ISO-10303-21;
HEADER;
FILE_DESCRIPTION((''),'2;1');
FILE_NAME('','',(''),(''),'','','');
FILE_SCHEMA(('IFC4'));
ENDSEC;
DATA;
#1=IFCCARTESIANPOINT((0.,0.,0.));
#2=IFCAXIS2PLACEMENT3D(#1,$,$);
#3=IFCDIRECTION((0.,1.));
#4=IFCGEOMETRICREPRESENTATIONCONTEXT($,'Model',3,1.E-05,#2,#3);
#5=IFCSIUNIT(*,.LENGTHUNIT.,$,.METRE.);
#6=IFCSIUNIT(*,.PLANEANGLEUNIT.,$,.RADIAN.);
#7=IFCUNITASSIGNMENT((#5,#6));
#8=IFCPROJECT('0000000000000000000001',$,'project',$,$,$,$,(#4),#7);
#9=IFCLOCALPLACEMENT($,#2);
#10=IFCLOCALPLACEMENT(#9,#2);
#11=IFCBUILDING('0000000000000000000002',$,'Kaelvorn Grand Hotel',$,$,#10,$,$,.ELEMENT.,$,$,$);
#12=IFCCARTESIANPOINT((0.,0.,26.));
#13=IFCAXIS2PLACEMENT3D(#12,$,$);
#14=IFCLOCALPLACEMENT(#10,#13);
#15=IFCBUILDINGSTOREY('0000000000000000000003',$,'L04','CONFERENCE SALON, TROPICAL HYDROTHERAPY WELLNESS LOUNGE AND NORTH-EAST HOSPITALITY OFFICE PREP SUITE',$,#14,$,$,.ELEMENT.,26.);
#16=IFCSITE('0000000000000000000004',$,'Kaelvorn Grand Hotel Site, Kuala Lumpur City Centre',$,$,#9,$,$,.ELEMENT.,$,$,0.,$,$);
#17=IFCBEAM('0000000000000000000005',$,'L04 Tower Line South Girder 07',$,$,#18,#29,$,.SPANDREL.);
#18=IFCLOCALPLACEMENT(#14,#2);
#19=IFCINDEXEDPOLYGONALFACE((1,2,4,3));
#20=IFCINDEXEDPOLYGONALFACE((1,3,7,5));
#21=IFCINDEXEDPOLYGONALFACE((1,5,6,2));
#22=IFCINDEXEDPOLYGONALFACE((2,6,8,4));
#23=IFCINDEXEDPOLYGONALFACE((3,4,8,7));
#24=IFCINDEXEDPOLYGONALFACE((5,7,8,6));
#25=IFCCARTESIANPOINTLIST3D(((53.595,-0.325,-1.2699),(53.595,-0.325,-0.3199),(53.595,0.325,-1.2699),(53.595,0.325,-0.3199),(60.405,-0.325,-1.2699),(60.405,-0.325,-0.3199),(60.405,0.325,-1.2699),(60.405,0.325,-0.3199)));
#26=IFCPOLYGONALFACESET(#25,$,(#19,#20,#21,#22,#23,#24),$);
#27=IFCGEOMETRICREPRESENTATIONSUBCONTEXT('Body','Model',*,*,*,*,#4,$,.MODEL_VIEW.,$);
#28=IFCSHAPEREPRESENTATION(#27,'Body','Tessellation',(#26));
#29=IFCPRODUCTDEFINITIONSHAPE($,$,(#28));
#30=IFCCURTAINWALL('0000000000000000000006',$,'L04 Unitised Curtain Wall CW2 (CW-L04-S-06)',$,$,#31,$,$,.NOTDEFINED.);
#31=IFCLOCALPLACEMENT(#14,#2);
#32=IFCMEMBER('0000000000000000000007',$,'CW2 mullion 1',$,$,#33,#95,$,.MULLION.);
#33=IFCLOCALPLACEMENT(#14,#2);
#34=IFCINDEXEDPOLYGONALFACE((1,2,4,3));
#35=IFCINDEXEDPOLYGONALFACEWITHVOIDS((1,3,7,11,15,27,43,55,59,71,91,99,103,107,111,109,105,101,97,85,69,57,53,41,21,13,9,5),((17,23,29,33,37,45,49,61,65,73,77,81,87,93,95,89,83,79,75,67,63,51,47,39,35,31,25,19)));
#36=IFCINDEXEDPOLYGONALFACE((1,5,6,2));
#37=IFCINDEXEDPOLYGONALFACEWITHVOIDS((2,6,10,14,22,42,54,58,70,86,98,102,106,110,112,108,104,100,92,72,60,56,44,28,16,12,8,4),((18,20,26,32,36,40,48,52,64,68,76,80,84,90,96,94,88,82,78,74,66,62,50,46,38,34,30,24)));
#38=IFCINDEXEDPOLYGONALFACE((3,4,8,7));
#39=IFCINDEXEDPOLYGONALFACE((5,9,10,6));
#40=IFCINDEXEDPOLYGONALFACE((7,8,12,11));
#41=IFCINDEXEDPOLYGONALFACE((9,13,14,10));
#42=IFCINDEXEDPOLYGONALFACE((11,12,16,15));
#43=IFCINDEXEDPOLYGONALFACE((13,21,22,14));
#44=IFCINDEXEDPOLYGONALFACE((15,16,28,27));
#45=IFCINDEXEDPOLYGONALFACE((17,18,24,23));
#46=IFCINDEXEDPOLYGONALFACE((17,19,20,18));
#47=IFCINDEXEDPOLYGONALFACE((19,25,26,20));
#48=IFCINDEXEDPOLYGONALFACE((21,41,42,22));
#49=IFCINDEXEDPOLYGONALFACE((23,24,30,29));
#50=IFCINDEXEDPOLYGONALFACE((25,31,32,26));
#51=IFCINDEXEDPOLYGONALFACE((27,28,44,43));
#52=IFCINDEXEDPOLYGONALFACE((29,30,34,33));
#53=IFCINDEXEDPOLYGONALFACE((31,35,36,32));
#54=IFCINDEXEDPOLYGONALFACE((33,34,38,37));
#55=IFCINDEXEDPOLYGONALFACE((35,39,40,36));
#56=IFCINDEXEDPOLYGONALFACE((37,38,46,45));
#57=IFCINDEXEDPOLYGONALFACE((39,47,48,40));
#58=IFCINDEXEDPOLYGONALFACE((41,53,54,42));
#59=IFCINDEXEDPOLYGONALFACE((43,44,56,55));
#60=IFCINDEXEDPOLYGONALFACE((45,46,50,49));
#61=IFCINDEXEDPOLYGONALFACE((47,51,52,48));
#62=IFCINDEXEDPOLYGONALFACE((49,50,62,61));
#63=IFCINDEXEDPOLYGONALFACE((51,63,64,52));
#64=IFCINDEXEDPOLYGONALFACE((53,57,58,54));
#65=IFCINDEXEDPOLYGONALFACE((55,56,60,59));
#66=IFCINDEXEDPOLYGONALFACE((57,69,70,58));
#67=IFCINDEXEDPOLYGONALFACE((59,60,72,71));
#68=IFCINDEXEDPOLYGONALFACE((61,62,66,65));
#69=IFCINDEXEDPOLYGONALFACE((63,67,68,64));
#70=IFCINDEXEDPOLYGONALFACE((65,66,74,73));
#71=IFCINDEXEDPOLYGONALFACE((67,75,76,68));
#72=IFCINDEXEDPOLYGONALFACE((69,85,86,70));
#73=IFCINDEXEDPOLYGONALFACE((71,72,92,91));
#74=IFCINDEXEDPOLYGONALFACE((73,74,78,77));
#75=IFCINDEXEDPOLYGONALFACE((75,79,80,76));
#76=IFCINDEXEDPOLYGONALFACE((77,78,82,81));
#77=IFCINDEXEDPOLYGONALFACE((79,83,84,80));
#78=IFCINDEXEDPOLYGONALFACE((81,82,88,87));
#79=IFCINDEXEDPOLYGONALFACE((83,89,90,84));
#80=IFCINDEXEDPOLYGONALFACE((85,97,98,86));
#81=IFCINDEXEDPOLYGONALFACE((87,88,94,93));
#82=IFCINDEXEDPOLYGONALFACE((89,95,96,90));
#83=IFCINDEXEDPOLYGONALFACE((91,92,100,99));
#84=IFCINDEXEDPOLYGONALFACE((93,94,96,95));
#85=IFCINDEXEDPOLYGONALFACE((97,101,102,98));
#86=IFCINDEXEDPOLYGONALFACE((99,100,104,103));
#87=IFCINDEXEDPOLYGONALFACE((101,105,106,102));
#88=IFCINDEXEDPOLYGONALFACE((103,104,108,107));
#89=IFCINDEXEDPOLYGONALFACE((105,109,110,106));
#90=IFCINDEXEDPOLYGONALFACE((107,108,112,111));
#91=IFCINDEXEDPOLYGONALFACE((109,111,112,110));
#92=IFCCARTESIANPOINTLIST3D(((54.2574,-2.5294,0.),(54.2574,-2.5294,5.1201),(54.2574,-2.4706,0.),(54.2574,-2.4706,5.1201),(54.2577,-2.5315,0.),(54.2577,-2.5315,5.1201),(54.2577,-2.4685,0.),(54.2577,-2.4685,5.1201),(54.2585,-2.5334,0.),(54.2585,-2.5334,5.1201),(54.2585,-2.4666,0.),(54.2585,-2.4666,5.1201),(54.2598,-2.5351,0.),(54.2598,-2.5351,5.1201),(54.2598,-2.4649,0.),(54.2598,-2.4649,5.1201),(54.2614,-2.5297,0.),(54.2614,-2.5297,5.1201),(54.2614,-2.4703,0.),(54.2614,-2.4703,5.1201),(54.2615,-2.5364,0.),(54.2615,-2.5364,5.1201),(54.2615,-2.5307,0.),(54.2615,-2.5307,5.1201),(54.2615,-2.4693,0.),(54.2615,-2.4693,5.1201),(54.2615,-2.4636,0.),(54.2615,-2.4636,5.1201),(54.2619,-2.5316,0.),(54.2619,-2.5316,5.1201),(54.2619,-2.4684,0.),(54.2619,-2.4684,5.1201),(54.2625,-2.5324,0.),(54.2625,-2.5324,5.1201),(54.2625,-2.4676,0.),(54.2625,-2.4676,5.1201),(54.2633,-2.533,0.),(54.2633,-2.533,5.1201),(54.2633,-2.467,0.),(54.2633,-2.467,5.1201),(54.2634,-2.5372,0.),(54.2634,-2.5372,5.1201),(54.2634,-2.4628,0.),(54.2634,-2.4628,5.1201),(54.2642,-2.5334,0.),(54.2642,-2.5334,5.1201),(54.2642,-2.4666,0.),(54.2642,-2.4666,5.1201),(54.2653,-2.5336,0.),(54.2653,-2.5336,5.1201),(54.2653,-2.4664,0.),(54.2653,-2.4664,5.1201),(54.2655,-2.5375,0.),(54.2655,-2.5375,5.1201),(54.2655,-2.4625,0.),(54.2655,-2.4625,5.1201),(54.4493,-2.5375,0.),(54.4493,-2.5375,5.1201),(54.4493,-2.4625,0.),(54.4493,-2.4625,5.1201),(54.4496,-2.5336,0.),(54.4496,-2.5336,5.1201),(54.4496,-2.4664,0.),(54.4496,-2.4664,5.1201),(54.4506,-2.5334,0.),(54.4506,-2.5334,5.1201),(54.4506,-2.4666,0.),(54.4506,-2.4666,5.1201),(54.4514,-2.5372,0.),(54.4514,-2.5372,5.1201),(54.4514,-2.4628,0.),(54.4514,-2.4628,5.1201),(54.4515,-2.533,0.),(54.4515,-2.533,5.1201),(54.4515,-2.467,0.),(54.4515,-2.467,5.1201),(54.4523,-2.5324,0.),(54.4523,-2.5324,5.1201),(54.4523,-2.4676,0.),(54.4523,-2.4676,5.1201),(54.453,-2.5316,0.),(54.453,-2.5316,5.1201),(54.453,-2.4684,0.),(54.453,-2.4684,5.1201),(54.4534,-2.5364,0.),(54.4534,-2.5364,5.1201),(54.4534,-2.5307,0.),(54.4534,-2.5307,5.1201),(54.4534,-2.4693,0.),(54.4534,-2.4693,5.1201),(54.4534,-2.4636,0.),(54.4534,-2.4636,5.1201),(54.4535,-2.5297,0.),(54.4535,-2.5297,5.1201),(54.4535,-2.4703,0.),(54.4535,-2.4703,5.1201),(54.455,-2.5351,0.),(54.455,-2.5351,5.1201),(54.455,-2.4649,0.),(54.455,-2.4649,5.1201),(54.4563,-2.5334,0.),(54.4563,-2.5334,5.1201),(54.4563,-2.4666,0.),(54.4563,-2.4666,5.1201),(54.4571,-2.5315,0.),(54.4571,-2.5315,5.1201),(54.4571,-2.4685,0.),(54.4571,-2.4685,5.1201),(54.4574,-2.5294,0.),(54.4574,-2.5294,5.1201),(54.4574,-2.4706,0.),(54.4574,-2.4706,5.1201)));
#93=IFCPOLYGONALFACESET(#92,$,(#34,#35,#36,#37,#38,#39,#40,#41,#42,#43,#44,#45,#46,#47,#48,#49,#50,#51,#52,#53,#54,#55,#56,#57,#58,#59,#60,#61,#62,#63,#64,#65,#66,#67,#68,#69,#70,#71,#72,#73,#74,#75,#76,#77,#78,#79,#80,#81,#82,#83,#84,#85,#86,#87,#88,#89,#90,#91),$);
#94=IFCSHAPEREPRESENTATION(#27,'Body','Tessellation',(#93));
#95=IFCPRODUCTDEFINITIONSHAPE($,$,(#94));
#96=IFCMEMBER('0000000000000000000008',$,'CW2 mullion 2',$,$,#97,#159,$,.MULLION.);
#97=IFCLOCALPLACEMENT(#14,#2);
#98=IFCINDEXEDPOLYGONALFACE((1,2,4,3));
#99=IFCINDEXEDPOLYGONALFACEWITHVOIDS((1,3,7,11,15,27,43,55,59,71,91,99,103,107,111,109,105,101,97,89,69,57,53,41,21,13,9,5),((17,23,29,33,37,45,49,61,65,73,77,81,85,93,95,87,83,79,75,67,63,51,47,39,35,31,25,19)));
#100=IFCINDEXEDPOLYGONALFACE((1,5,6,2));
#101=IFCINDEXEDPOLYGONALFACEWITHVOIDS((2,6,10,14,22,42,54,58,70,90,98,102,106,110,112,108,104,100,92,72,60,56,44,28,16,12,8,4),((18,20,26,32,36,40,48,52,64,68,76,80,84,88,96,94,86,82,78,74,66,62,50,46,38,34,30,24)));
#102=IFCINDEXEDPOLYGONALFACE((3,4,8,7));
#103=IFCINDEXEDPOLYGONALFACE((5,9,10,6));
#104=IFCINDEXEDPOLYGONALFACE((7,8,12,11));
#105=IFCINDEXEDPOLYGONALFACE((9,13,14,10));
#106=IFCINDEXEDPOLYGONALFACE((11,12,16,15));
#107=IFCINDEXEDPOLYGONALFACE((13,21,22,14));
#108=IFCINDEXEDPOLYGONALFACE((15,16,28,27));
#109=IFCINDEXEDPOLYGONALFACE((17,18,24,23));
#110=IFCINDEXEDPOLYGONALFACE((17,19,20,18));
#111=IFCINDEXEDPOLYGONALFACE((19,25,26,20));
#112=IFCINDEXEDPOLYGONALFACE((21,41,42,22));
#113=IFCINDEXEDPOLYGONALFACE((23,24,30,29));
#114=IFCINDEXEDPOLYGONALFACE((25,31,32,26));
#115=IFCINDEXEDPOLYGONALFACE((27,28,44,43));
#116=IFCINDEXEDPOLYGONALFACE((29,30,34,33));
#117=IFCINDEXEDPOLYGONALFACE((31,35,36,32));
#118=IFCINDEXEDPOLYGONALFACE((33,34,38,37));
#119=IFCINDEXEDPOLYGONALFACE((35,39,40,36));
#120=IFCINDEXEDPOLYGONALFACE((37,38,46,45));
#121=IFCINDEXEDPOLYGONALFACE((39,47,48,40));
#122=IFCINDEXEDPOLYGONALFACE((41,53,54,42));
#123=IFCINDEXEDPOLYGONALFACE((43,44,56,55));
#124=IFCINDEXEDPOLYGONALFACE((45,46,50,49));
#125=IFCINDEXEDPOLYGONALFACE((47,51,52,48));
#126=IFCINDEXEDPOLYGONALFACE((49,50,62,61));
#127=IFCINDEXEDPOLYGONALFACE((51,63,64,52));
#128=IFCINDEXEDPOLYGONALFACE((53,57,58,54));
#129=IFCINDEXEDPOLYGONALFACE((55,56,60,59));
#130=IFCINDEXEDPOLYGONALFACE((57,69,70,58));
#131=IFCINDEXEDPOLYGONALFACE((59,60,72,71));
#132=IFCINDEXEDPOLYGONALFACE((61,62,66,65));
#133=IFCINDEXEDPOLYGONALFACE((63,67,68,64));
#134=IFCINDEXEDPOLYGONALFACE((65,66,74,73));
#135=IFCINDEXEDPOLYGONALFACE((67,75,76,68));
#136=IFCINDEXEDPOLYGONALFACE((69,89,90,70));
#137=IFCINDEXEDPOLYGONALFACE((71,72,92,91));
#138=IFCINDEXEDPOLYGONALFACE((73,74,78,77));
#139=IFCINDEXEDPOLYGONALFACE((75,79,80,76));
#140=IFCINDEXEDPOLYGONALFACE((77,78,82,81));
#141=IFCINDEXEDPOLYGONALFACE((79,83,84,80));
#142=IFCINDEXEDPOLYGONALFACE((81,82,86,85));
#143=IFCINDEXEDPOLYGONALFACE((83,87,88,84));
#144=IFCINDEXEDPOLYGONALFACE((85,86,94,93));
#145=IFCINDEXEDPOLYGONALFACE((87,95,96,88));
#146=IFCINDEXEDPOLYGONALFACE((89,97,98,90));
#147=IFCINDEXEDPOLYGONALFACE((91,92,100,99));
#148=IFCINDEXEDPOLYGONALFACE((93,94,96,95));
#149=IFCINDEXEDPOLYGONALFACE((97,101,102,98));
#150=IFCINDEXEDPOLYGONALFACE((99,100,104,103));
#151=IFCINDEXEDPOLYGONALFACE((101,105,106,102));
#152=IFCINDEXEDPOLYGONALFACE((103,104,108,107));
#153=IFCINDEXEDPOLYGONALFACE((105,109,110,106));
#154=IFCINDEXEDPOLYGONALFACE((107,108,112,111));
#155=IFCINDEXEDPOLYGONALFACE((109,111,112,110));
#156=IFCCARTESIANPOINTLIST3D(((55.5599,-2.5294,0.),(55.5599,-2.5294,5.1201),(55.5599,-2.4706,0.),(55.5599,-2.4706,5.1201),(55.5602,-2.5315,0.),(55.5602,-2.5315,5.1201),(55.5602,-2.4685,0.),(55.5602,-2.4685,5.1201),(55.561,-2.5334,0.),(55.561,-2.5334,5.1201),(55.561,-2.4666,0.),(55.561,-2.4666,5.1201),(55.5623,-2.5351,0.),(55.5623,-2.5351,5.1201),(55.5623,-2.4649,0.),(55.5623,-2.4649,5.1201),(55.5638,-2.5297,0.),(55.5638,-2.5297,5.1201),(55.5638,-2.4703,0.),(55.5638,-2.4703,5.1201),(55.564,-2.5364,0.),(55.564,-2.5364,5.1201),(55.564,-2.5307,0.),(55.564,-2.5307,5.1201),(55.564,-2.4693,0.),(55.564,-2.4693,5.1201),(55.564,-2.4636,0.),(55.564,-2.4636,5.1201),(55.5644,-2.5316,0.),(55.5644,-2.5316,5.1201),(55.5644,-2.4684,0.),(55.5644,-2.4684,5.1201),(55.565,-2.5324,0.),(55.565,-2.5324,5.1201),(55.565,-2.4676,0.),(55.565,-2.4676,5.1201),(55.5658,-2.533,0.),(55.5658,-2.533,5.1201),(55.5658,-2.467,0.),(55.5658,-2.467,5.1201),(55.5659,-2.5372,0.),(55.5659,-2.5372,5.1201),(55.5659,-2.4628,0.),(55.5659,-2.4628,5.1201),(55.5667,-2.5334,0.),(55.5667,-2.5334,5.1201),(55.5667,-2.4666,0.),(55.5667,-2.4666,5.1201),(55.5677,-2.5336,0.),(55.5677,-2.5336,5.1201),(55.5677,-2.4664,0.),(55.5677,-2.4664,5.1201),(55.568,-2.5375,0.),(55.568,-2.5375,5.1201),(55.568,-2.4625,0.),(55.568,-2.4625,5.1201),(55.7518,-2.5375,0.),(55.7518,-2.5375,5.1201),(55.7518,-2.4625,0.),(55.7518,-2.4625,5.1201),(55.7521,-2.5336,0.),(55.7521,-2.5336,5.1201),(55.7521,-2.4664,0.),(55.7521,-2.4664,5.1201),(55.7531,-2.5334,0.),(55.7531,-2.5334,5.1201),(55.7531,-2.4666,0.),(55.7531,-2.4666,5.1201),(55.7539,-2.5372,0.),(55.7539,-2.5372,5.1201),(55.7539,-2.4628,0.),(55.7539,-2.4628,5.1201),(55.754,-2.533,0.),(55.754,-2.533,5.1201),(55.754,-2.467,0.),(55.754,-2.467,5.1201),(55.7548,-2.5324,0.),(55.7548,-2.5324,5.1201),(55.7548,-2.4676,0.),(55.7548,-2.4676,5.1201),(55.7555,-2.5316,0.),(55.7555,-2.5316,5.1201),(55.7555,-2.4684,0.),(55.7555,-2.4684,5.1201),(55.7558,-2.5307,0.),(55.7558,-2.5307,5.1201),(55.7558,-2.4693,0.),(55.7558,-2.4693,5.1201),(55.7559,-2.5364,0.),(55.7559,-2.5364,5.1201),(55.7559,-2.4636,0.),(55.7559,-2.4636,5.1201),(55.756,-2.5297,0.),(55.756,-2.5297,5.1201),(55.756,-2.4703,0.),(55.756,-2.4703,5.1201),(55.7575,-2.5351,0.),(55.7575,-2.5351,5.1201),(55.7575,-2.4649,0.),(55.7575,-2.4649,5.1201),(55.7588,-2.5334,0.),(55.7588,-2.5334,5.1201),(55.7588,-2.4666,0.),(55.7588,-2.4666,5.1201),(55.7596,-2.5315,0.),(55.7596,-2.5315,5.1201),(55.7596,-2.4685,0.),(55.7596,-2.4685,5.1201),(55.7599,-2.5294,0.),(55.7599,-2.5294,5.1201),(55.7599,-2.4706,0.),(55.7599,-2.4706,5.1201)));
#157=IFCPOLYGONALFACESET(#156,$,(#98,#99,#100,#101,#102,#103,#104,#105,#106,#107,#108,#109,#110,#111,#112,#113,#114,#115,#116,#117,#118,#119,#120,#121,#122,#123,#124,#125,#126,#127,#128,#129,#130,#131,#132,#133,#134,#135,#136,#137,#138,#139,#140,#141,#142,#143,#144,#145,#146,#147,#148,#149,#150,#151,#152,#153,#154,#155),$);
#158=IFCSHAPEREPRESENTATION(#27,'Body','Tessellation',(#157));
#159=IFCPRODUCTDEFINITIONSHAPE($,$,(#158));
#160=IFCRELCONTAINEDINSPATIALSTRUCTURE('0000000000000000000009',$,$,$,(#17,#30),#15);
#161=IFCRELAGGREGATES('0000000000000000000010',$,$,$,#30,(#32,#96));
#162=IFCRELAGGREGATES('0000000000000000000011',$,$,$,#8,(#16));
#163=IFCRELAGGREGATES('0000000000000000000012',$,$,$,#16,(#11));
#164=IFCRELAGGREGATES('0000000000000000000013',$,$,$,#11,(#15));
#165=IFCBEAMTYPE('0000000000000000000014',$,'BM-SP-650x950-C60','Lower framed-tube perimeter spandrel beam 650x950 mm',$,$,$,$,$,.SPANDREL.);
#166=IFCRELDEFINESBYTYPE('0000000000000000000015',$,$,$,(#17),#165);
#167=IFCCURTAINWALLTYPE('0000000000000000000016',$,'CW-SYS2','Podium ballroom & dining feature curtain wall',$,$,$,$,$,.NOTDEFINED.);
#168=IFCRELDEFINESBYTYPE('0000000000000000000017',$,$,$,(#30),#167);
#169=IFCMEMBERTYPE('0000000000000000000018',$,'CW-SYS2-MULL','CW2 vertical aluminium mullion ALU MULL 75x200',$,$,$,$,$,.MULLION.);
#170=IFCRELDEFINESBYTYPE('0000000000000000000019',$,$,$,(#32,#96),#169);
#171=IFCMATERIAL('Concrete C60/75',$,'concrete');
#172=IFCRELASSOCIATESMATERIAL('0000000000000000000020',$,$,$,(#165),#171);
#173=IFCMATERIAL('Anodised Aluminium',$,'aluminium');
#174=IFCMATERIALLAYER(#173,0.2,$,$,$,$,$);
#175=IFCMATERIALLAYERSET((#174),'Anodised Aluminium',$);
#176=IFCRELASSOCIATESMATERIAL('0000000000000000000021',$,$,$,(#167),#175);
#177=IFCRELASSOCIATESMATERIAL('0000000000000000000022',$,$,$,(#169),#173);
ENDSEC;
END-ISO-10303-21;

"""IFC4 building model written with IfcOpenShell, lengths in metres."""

from ifc_helpers import new_model, si_unit, direction, frame, origin, origin_2d, place, context, subcontext, project, spatial, rectangle, hollow_rectangle, extrude, material, layer, layer_set, material_profile, profile_set, type_object, element, aggregate, save


model = new_model("IFC4")

# Units and contexts
model_context = context("Model", 3, precision=1e-05, world=origin(), true_north=direction((0.0, 1.0)))
body_context = subcontext(model_context, "Body", "Model", "MODEL_VIEW")
ifc_project = project(units=[si_unit("LENGTHUNIT", "METRE"), si_unit("PLANEANGLEUNIT", "RADIAN")], contexts=[model_context])

# Site, building, storey
site_placement = place(None, origin())
site = spatial("IfcSite", under=ifc_project, at=site_placement, Name="Kaelvorn Grand Hotel Site, Kuala Lumpur City Centre", CompositionType="ELEMENT", RefElevation=0.0)
building_placement = place(site_placement, origin())
building = spatial("IfcBuilding", under=site, at=building_placement, Name="Kaelvorn Grand Hotel", CompositionType="ELEMENT")
storey_placement = place(building_placement, frame((0.0, 0.0, 26.0)))
storey = spatial("IfcBuildingStorey", under=building, at=storey_placement, Name="L04", Description="CONFERENCE SALON, TROPICAL HYDROTHERAPY WELLNESS LOUNGE AND NORTH-EAST HOSPITALITY OFFICE PREP SUITE", CompositionType="ELEMENT", Elevation=26.0)

# Beam
ifc_material_1 = material(Name="Concrete C60/75", Category="concrete")
ifc_material_profile_1 = material_profile(ifc_material_1, rectangle(XDim=0.6499, YDim=0.95, at=origin_2d()), Name="RC SPANDREL 650x950")
ifc_profile_set_1 = profile_set([ifc_material_profile_1], Name="Concrete C60/75")
beam_type_1 = type_object("IfcBeamType", Name="BM-SP-650x950-C60", Description="Lower framed-tube perimeter spandrel beam 650x950 mm", PredefinedType="SPANDREL", material=ifc_profile_set_1)
for number, where, z_axis, x_axis, name in (
    (1, (53.595, 0.0, -0.7949), (1.0, 0.0, 0.0), (0.0, 1.0, 0.0), "L04 Tower Line South Girder 07"),
):
    element("IfcBeam", number, at=place(storey_placement, frame(where, z_axis=z_axis, x_axis=x_axis)), inside=storey, type_object=beam_type_1, Name=name, PredefinedType="SPANDREL", context=body_context, shape_type="SweptSolid", body=[
        extrude(rectangle(XDim=0.6499, YDim=0.95, at=origin_2d()), origin(), (0.0, 0.0, 1.0), 6.8101),
    ])

# Curtain wall, members
ifc_material_2 = material(Name="Anodised Aluminium", Category="aluminium")
ifc_layer_1 = layer(ifc_material_2, 0.2)
ifc_layer_set_1 = layer_set([ifc_layer_1], Name="Anodised Aluminium")
curtain_wall_type = type_object("IfcCurtainWallType", Name="CW-SYS2", Description="Podium ballroom & dining feature curtain wall", PredefinedType="NOTDEFINED", material=ifc_layer_set_1)
curtain_wall_placement = place(storey_placement, origin())
curtain_wall = element("IfcCurtainWall", 2, at=curtain_wall_placement, inside=storey, type_object=curtain_wall_type, Name="L04 Unitised Curtain Wall CW2 (CW-L04-S-06)", PredefinedType="NOTDEFINED")
ifc_material_profile_2 = material_profile(ifc_material_2, hollow_rectangle(XDim=0.075, YDim=0.2, WallThickness=0.0039, InnerFilletRadius=0.0039, OuterFilletRadius=0.0081, at=origin_2d()), Name="ALU MULL 75x200")
ifc_profile_set_2 = profile_set([ifc_material_profile_2], Name="Anodised Aluminium")
member_type_1 = type_object("IfcMemberType", Name="CW-SYS2-MULL", Description="CW2 vertical aluminium mullion ALU MULL 75x200", PredefinedType="MULLION", material=ifc_profile_set_2)
member_1_placement = place(storey_placement, frame((54.3574, -2.5, 0.0), z_axis=(0.0, 0.0, 1.0), x_axis=(0.0, 1.0, 0.0)))
member_1 = element("IfcMember", 3, at=member_1_placement, type_object=member_type_1, Name="CW2 mullion 1", PredefinedType="MULLION", context=body_context, shape_type="SweptSolid", body=[
    extrude(hollow_rectangle(XDim=0.075, YDim=0.2, WallThickness=0.0039, InnerFilletRadius=0.0039, OuterFilletRadius=0.0081, at=origin_2d()), origin(), (0.0, 0.0, 1.0), 5.1201),
])
member_2_placement = place(storey_placement, frame((55.6599, -2.5, 0.0), z_axis=(0.0, 0.0, 1.0), x_axis=(0.0, 1.0, 0.0)))
member_2 = element("IfcMember", 4, at=member_2_placement, type_object=member_type_1, Name="CW2 mullion 2", PredefinedType="MULLION", context=body_context, shape_type="SweptSolid", body=[
    extrude(hollow_rectangle(XDim=0.075, YDim=0.2, WallThickness=0.0039, InnerFilletRadius=0.0039, OuterFilletRadius=0.0081, at=origin_2d()), origin(), (0.0, 0.0, 1.0), 5.1201),
])
aggregate(curtain_wall, [member_1, member_2])

save(model, "model.ifc")
